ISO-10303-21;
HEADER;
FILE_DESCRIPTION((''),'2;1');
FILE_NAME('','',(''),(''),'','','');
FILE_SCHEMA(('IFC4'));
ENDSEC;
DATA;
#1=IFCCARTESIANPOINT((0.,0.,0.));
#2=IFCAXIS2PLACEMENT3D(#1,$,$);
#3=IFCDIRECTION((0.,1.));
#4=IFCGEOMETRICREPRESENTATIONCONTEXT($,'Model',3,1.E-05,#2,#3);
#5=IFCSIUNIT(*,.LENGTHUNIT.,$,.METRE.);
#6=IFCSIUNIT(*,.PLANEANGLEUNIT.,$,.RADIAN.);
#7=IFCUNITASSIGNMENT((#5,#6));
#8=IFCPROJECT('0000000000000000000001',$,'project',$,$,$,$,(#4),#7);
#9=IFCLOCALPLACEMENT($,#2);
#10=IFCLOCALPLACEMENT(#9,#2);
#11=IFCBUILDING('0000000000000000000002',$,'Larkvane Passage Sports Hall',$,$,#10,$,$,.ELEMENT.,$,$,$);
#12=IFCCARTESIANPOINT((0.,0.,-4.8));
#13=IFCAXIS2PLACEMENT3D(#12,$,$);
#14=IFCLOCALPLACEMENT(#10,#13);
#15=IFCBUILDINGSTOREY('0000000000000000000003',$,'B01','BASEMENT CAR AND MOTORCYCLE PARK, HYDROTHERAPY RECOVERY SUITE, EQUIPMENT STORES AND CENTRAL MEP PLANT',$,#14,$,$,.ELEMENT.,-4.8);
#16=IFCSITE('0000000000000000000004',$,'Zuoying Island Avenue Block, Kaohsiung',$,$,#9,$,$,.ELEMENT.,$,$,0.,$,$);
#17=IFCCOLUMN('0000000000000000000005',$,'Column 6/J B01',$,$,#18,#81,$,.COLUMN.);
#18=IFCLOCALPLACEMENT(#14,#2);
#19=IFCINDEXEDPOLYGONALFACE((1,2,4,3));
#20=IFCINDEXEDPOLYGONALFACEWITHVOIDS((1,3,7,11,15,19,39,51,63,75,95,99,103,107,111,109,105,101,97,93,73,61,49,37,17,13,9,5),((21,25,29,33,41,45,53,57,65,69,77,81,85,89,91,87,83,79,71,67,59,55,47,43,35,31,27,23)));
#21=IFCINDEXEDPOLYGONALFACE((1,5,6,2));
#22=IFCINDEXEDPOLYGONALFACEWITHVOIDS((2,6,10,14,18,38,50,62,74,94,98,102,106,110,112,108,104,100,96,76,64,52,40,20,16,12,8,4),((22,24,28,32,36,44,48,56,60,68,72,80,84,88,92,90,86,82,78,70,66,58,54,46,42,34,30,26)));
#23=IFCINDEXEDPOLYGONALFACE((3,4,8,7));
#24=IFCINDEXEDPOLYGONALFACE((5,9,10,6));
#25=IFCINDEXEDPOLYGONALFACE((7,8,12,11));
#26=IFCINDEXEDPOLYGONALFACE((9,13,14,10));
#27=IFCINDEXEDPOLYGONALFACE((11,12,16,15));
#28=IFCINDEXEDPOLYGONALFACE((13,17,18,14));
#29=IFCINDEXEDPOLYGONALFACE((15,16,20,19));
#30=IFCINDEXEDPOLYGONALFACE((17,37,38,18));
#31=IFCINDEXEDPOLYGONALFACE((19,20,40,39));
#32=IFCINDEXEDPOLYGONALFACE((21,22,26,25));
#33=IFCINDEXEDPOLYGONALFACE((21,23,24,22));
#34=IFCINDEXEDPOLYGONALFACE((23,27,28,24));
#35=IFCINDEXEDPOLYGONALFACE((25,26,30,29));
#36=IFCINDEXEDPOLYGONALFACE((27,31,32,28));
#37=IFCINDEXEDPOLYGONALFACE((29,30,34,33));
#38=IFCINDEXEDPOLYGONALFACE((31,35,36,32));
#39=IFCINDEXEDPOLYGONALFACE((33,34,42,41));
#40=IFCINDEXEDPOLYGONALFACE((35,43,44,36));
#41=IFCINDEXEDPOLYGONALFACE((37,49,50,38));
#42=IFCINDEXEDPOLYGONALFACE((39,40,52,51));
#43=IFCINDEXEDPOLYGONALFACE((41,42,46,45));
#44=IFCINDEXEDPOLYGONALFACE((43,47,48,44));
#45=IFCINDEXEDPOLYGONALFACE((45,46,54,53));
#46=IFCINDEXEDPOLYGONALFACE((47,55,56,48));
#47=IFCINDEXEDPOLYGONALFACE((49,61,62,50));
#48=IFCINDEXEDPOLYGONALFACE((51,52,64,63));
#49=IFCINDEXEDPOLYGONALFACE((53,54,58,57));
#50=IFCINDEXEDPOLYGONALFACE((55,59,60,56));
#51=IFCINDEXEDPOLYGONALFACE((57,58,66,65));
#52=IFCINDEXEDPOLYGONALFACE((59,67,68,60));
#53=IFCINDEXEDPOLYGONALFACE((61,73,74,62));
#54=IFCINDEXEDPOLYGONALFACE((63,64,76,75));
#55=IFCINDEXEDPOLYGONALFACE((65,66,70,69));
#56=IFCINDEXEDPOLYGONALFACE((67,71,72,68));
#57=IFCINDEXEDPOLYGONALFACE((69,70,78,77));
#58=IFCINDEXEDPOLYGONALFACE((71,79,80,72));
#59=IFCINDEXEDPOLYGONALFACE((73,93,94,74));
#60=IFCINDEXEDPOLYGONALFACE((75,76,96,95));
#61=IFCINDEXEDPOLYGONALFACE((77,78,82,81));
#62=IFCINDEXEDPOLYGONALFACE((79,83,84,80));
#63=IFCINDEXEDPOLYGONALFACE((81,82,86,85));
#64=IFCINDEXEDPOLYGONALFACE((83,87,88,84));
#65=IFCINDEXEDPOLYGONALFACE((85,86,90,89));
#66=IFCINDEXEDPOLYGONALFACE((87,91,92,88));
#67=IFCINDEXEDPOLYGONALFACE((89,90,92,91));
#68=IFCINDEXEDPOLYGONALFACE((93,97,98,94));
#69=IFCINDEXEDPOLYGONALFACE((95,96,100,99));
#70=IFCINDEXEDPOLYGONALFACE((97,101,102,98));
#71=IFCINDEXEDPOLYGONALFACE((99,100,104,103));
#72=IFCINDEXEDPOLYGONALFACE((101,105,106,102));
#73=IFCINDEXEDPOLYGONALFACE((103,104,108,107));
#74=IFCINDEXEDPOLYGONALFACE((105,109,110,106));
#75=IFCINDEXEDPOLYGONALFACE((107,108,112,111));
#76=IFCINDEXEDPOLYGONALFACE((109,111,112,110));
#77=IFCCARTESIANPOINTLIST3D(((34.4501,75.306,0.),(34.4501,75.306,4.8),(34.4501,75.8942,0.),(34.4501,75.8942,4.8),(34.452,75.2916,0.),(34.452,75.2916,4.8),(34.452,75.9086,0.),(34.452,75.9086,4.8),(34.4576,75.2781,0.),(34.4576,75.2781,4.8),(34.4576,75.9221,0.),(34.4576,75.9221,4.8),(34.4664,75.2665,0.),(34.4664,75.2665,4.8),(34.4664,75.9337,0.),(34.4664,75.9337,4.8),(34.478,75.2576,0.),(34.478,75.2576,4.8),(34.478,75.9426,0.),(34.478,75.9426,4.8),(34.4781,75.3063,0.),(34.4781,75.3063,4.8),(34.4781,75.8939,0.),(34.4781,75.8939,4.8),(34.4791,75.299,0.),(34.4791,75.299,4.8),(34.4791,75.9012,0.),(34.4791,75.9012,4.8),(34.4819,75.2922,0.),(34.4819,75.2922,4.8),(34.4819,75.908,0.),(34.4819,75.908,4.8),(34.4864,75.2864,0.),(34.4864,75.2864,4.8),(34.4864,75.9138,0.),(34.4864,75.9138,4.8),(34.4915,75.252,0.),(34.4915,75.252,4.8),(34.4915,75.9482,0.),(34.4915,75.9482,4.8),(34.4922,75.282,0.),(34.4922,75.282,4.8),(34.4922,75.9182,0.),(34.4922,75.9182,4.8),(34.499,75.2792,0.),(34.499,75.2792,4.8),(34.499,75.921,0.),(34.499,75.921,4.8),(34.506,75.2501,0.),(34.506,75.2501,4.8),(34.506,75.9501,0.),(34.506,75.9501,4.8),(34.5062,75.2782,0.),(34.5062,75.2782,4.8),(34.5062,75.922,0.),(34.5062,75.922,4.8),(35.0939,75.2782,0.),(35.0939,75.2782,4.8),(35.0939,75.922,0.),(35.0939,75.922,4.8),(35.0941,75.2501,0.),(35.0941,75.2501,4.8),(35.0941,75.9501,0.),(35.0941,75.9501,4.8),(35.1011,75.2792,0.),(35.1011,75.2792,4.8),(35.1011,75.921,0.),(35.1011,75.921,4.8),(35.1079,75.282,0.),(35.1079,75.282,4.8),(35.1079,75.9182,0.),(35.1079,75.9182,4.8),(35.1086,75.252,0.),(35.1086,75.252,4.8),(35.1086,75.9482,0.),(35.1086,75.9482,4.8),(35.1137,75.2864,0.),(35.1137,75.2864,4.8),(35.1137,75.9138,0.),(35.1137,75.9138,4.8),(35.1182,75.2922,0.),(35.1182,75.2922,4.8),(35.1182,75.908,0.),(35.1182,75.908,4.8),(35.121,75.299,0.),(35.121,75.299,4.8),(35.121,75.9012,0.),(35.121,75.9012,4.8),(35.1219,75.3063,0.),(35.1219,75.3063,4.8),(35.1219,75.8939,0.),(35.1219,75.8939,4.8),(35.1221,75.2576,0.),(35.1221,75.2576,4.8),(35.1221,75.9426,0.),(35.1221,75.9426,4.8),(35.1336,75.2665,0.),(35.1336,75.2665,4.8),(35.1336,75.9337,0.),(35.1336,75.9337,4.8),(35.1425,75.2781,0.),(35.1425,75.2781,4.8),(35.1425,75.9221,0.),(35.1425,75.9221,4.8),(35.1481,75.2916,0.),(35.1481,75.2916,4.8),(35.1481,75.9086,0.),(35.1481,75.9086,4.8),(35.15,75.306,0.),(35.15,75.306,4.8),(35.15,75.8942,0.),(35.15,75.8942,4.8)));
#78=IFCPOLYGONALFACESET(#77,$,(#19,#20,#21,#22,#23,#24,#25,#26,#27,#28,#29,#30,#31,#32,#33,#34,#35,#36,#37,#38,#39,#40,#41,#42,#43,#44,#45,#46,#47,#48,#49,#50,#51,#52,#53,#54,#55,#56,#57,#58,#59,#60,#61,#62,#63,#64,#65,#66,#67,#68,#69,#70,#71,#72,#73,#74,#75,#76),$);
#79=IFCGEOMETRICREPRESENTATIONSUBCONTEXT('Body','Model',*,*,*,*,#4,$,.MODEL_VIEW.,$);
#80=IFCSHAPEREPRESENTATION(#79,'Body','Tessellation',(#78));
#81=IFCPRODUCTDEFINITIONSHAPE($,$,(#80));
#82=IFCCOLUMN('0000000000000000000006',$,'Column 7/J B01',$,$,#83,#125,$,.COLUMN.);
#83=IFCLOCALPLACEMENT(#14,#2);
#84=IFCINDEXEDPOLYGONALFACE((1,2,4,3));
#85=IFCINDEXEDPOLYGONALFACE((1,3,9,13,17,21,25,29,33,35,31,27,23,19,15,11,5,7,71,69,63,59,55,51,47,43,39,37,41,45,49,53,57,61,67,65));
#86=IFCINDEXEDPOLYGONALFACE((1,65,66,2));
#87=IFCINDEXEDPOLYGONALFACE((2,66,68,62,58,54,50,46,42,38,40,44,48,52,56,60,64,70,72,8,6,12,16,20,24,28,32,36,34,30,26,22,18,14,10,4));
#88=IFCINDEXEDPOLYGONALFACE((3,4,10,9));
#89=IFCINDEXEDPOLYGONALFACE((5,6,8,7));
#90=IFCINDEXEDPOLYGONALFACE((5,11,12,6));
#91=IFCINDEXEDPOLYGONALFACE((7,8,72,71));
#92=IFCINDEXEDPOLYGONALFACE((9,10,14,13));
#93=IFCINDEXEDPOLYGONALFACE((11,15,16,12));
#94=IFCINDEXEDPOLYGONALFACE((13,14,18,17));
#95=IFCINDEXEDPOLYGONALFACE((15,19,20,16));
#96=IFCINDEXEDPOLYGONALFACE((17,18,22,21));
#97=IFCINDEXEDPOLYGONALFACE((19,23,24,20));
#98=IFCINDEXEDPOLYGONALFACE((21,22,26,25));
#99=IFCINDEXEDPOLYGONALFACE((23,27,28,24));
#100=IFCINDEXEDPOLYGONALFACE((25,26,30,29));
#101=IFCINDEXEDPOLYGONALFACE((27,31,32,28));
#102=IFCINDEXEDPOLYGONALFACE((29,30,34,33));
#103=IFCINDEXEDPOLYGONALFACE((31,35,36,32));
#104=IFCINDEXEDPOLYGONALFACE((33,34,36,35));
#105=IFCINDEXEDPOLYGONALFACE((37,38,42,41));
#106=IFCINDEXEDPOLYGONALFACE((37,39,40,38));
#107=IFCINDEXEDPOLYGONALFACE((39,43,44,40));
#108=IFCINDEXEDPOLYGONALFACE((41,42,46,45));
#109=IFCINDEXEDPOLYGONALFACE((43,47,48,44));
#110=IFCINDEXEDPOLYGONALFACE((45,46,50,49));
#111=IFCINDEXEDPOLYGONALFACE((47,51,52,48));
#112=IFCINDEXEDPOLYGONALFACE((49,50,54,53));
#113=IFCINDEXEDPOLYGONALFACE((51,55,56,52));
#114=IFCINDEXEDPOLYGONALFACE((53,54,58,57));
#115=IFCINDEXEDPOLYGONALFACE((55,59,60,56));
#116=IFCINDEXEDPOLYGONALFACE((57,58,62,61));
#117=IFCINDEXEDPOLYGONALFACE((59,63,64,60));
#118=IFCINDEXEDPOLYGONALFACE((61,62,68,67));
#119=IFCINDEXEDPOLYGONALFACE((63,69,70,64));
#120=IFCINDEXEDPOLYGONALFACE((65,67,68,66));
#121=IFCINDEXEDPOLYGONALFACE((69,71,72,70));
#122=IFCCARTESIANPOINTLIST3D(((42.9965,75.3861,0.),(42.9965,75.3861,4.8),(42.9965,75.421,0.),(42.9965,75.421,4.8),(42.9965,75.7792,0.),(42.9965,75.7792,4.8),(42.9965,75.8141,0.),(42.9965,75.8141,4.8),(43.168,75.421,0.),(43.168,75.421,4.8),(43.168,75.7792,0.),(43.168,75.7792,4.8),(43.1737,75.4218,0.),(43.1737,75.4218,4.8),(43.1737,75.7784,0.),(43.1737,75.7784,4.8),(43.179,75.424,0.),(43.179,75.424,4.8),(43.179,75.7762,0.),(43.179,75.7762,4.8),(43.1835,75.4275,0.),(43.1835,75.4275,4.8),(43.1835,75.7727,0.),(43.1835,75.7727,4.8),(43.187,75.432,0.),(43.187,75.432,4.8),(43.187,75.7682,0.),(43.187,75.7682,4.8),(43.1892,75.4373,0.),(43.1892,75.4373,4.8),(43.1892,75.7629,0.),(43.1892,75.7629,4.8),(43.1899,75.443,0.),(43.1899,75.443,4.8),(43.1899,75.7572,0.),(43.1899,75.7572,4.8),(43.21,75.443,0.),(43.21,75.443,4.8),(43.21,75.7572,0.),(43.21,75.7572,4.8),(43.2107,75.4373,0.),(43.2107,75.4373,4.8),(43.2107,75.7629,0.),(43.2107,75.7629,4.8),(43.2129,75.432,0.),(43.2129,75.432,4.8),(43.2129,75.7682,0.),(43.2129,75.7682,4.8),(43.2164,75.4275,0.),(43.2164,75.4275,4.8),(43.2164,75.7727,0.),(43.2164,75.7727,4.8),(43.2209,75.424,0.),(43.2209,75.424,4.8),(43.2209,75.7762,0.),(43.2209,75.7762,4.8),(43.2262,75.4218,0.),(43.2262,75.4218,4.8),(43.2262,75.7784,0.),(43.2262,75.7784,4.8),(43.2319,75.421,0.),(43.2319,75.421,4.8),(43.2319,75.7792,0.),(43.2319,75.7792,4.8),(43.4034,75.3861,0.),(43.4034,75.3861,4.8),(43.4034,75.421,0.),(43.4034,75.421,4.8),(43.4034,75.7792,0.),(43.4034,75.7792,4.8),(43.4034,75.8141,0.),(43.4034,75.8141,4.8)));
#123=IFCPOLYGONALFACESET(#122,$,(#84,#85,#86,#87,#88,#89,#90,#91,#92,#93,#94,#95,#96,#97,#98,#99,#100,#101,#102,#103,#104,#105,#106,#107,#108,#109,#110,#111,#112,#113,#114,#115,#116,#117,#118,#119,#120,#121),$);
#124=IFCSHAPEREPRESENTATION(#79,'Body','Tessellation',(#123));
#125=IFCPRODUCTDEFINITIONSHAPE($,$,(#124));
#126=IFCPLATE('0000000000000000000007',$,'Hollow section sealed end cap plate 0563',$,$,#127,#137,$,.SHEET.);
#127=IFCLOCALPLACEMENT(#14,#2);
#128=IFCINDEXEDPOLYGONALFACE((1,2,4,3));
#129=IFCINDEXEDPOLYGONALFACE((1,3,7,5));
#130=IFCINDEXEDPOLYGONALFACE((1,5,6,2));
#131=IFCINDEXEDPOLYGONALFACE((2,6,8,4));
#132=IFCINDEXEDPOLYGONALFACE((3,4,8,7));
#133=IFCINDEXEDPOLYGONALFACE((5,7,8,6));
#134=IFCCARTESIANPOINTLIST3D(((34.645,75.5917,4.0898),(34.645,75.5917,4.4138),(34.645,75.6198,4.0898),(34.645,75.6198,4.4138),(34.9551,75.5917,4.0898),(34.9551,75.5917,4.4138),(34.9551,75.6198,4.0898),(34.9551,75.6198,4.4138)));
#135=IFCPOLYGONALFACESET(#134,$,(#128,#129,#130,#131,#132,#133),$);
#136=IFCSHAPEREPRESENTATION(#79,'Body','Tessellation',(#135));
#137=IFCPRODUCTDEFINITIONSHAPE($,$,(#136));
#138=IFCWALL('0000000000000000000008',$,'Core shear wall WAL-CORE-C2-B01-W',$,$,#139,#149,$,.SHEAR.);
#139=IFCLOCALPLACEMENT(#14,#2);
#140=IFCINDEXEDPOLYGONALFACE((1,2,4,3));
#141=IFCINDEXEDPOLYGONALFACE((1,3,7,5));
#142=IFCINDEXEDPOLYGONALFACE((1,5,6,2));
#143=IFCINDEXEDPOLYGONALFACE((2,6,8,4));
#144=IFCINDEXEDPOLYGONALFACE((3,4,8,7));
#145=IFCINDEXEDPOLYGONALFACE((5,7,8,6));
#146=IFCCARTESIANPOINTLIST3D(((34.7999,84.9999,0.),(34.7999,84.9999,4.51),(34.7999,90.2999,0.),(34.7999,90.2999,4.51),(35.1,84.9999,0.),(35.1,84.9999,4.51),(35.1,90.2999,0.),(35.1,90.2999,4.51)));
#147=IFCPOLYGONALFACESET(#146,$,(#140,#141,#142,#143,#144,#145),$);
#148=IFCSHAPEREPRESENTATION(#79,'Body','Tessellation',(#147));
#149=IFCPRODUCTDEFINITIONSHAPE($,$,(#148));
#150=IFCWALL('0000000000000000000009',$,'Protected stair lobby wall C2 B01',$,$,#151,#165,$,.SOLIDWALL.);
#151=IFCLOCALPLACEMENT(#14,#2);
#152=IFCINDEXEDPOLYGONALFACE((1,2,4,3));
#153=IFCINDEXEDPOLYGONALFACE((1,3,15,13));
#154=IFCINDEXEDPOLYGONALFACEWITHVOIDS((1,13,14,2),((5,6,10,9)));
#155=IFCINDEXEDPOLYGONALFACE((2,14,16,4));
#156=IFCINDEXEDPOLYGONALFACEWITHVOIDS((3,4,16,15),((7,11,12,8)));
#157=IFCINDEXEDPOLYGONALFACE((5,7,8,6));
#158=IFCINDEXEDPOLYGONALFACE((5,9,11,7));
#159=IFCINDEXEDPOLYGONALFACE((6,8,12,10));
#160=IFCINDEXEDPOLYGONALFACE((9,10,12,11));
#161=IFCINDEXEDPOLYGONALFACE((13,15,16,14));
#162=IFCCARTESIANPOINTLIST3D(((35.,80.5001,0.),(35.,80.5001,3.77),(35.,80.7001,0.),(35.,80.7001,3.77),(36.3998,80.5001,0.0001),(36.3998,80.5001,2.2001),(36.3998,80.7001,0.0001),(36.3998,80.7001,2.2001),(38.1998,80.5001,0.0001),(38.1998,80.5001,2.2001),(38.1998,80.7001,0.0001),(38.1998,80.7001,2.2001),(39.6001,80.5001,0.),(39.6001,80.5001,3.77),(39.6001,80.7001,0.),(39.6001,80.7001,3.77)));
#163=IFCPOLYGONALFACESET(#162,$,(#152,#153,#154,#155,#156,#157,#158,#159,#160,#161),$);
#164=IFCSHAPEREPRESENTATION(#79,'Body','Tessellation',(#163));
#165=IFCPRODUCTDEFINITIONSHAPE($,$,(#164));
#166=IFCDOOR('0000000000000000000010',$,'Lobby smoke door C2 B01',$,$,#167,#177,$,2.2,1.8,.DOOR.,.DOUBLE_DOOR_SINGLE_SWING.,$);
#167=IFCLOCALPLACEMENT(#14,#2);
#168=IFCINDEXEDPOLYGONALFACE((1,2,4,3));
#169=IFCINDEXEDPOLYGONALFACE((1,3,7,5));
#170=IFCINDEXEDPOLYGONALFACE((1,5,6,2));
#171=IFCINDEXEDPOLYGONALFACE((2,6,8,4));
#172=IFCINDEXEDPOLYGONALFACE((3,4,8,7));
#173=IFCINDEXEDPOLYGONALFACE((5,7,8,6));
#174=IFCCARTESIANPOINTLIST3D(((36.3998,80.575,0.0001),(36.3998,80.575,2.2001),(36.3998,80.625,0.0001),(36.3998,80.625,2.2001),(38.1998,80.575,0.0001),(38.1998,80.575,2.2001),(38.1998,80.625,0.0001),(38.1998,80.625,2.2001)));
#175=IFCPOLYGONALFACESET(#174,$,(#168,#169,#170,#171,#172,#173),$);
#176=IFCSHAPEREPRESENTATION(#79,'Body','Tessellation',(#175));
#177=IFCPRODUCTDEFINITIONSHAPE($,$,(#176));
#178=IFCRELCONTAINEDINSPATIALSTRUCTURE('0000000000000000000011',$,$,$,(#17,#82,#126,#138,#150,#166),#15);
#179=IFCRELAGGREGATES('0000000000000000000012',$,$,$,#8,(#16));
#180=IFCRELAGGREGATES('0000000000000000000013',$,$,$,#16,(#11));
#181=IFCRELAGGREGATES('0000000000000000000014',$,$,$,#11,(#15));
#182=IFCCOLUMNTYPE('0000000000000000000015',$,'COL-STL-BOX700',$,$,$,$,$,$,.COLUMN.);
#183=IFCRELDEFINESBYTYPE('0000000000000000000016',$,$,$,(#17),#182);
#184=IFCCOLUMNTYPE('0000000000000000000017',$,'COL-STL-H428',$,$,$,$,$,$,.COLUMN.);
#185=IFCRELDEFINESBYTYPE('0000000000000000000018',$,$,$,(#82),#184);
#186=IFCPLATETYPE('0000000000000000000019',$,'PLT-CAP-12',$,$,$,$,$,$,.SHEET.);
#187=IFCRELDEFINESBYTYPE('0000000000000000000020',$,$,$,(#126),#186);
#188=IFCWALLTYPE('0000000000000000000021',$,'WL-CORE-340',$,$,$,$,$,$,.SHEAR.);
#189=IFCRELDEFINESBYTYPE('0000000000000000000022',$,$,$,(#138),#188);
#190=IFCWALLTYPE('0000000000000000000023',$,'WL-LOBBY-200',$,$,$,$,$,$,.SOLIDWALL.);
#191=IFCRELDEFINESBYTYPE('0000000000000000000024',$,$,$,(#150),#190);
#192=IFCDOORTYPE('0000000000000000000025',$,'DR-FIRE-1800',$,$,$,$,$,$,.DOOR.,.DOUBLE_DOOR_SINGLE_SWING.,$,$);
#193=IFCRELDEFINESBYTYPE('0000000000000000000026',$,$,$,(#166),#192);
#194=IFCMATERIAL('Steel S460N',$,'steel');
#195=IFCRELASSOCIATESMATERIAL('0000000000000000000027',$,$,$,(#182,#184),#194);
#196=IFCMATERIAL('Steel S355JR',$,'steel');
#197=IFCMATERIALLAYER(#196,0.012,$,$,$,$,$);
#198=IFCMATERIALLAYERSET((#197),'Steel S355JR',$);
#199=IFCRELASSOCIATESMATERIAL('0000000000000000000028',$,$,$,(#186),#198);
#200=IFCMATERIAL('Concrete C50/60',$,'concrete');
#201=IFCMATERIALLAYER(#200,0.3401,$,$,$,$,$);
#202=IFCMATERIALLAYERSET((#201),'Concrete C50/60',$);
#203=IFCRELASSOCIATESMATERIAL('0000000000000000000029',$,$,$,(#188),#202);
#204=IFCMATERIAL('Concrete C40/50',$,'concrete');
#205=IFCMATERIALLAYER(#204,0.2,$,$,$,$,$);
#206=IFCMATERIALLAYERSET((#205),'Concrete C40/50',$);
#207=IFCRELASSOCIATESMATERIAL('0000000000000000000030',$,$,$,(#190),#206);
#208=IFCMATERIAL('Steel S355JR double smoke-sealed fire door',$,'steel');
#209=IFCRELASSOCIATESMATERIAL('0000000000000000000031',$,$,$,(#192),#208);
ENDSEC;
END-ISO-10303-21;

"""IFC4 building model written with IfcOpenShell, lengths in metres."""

from ifc_helpers import new_model, si_unit, direction, frame, frame_2d, origin, origin_2d, place, context, subcontext, project, spatial, rectangle, hollow_rectangle, i_section, extrude, material, layer, layer_set, material_profile, profile_set, type_object, element, fill, save


model = new_model("IFC4")

# Units and contexts
model_context = context("Model", 3, precision=1e-05, world=origin(), true_north=direction((0.0, 1.0)))
body_context = subcontext(model_context, "Body", "Model", "MODEL_VIEW")
ifc_project = project(units=[si_unit("LENGTHUNIT", "METRE"), si_unit("PLANEANGLEUNIT", "RADIAN")], contexts=[model_context])

# Site, building, storey
site_placement = place(None, origin())
site = spatial("IfcSite", under=ifc_project, at=site_placement, Name="Zuoying Island Avenue Block, Kaohsiung", CompositionType="ELEMENT", RefElevation=0.0)
building_placement = place(site_placement, origin())
building = spatial("IfcBuilding", under=site, at=building_placement, Name="Larkvane Passage Sports Hall", CompositionType="ELEMENT")
storey_placement = place(building_placement, frame((0.0, 0.0, -4.8)))
storey = spatial("IfcBuildingStorey", under=building, at=storey_placement, Name="B01", Description="BASEMENT CAR AND MOTORCYCLE PARK, HYDROTHERAPY RECOVERY SUITE, EQUIPMENT STORES AND CENTRAL MEP PLANT", CompositionType="ELEMENT", Elevation=-4.8)

# Shared definitions
ifc_material_1 = material(Name="Concrete C40/50", Category="concrete")

# Columns
ifc_material_2 = material(Name="Steel S460N", Category="steel")
ifc_material_profile_1 = material_profile(ifc_material_2, hollow_rectangle(XDim=0.7, YDim=0.7, WallThickness=0.0281, InnerFilletRadius=0.0281, OuterFilletRadius=0.0559, at=origin_2d()), Name="BOX-700x700x28")
ifc_profile_set_1 = profile_set([ifc_material_profile_1], Name="Steel S460N")
column_type_1 = type_object("IfcColumnType", Name="COL-STL-BOX700", PredefinedType="COLUMN", material=ifc_profile_set_1)
column_1_placement = place(storey_placement, frame((34.8, 75.6001, 0.0), z_axis=(0.0, 0.0, 1.0), x_axis=(1.0, 0.0, 0.0)))
element("IfcColumn", 1, at=column_1_placement, inside=storey, type_object=column_type_1, Name="Column 6/J B01", PredefinedType="COLUMN", context=body_context, shape_type="SweptSolid", body=[
    extrude(hollow_rectangle(XDim=0.7, YDim=0.7, WallThickness=0.0281, InnerFilletRadius=0.0281, OuterFilletRadius=0.0559, at=origin_2d()), origin(), (0.0, 0.0, 1.0), 4.8),
])
ifc_material_profile_2 = material_profile(ifc_material_2, i_section(OverallWidth=0.407, OverallDepth=0.428, WebThickness=0.02, FlangeThickness=0.0349, FilletRadius=0.022, at=origin_2d()), Name="H-428x407x20x35")
ifc_profile_set_2 = profile_set([ifc_material_profile_2], Name="Steel S460N")
column_type_2 = type_object("IfcColumnType", Name="COL-STL-H428", PredefinedType="COLUMN", material=ifc_profile_set_2)
column_2_placement = place(storey_placement, frame((43.2, 75.6001, 0.0), z_axis=(0.0, 0.0, 1.0), x_axis=(1.0, 0.0, 0.0)))
element("IfcColumn", 2, at=column_2_placement, inside=storey, type_object=column_type_2, Name="Column 7/J B01", PredefinedType="COLUMN", context=body_context, shape_type="SweptSolid", body=[
    extrude(i_section(OverallWidth=0.407, OverallDepth=0.428, WebThickness=0.02, FlangeThickness=0.0349, FilletRadius=0.022, at=origin_2d()), origin(), (0.0, 0.0, 1.0), 4.8),
])

# Plate
ifc_material_3 = material(Name="Steel S355JR", Category="steel")
ifc_layer_1 = layer(ifc_material_3, 0.012)
ifc_layer_set_1 = layer_set([ifc_layer_1], Name="Steel S355JR")
plate_type = type_object("IfcPlateType", Name="PLT-CAP-12", PredefinedType="SHEET", material=ifc_layer_set_1)
plate_placement = place(storey_placement, frame((34.8, 75.6057, 4.0898), z_axis=(0.0, 0.0, 1.0), x_axis=(-1.0, 0.0, 0.0)))
element("IfcPlate", 3, at=plate_placement, inside=storey, type_object=plate_type, Name="Hollow section sealed end cap plate 0563", PredefinedType="SHEET", context=body_context, shape_type="SweptSolid", body=[
    extrude(rectangle(XDim=0.3101, YDim=0.0281, at=origin_2d()), origin(), (0.0, 0.0, 1.0), 0.324),
])

# Wall
ifc_material_4 = material(Name="Concrete C50/60", Category="concrete")
ifc_layer_2 = layer(ifc_material_4, 0.3401)
ifc_layer_set_2 = layer_set([ifc_layer_2], Name="Concrete C50/60")
wall_type_1 = type_object("IfcWallType", Name="WL-CORE-340", PredefinedType="SHEAR", material=ifc_layer_set_2)
wall_1_placement = place(storey_placement, frame((34.95, 85.0, 0.0), z_axis=(0.0, 0.0, 1.0), x_axis=(0.0, 1.0, 0.0)))
element("IfcWall", 4, at=wall_1_placement, inside=storey, type_object=wall_type_1, Name="Core shear wall WAL-CORE-C2-B01-W", PredefinedType="SHEAR", context=body_context, shape_type="SweptSolid", body=[
    extrude(rectangle(XDim=5.3, YDim=0.3, at=frame_2d((2.6499, 0.0))), origin(), (0.0, 0.0, 1.0), 4.51),
])

# Wall, opening, door
ifc_layer_3 = layer(ifc_material_1, 0.2)
ifc_layer_set_3 = layer_set([ifc_layer_3], Name="Concrete C40/50")
wall_type_2 = type_object("IfcWallType", Name="WL-LOBBY-200", PredefinedType="SOLIDWALL", material=ifc_layer_set_3)
wall_2_placement = place(storey_placement, frame((35.0, 80.6001, 0.0), z_axis=(0.0, 0.0, 1.0), x_axis=(1.0, 0.0, 0.0)))
wall_2 = element("IfcWall", 5, at=wall_2_placement, inside=storey, type_object=wall_type_2, Name="Protected stair lobby wall C2 B01", PredefinedType="SOLIDWALL", context=body_context, shape_type="SweptSolid", body=[
    extrude(rectangle(XDim=4.6001, YDim=0.2, at=frame_2d((2.3, 0.0))), origin(), (0.0, 0.0, 1.0), 3.77),
])
opening_1_placement = place(wall_2_placement, frame((1.3999, 0.0, 0.0)))
opening_1 = element("IfcOpeningElement", 6, at=opening_1_placement, cuts=wall_2, PredefinedType="OPENING", context=body_context, shape_type="SweptSolid", body=[
    extrude(rectangle(XDim=1.8, YDim=2.2, at=frame_2d((0.8999, 1.1001))), frame((0.0, 0.1099, 0.0), z_axis=(0.0, -1.0, 0.0), x_axis=(1.0, 0.0, 0.0)), (0.0, 0.0, 1.0), 0.22),
])
ifc_material_5 = material(Name="Steel S355JR double smoke-sealed fire door", Category="steel")
door_type_1 = type_object("IfcDoorType", Name="DR-FIRE-1800", OperationType="DOUBLE_DOOR_SINGLE_SWING", PredefinedType="DOOR", material=ifc_material_5)
door_1_placement = place(opening_1_placement, origin())
door_1 = element("IfcDoor", 7, at=door_1_placement, inside=storey, type_object=door_type_1, Name="Lobby smoke door C2 B01", OperationType="DOUBLE_DOOR_SINGLE_SWING", OverallHeight=2.2, OverallWidth=1.8, PredefinedType="DOOR", context=body_context, shape_type="SweptSolid", body=[
    extrude(rectangle(XDim=1.8, YDim=2.2, at=frame_2d((0.8999, 1.1001))), frame((0.0, 0.0249, 0.0), z_axis=(0.0, -1.0, 0.0), x_axis=(1.0, 0.0, 0.0)), (0.0, 0.0, 1.0), 0.05),
])
fill(opening_1, door_1)

save(model, "model.ifc")
